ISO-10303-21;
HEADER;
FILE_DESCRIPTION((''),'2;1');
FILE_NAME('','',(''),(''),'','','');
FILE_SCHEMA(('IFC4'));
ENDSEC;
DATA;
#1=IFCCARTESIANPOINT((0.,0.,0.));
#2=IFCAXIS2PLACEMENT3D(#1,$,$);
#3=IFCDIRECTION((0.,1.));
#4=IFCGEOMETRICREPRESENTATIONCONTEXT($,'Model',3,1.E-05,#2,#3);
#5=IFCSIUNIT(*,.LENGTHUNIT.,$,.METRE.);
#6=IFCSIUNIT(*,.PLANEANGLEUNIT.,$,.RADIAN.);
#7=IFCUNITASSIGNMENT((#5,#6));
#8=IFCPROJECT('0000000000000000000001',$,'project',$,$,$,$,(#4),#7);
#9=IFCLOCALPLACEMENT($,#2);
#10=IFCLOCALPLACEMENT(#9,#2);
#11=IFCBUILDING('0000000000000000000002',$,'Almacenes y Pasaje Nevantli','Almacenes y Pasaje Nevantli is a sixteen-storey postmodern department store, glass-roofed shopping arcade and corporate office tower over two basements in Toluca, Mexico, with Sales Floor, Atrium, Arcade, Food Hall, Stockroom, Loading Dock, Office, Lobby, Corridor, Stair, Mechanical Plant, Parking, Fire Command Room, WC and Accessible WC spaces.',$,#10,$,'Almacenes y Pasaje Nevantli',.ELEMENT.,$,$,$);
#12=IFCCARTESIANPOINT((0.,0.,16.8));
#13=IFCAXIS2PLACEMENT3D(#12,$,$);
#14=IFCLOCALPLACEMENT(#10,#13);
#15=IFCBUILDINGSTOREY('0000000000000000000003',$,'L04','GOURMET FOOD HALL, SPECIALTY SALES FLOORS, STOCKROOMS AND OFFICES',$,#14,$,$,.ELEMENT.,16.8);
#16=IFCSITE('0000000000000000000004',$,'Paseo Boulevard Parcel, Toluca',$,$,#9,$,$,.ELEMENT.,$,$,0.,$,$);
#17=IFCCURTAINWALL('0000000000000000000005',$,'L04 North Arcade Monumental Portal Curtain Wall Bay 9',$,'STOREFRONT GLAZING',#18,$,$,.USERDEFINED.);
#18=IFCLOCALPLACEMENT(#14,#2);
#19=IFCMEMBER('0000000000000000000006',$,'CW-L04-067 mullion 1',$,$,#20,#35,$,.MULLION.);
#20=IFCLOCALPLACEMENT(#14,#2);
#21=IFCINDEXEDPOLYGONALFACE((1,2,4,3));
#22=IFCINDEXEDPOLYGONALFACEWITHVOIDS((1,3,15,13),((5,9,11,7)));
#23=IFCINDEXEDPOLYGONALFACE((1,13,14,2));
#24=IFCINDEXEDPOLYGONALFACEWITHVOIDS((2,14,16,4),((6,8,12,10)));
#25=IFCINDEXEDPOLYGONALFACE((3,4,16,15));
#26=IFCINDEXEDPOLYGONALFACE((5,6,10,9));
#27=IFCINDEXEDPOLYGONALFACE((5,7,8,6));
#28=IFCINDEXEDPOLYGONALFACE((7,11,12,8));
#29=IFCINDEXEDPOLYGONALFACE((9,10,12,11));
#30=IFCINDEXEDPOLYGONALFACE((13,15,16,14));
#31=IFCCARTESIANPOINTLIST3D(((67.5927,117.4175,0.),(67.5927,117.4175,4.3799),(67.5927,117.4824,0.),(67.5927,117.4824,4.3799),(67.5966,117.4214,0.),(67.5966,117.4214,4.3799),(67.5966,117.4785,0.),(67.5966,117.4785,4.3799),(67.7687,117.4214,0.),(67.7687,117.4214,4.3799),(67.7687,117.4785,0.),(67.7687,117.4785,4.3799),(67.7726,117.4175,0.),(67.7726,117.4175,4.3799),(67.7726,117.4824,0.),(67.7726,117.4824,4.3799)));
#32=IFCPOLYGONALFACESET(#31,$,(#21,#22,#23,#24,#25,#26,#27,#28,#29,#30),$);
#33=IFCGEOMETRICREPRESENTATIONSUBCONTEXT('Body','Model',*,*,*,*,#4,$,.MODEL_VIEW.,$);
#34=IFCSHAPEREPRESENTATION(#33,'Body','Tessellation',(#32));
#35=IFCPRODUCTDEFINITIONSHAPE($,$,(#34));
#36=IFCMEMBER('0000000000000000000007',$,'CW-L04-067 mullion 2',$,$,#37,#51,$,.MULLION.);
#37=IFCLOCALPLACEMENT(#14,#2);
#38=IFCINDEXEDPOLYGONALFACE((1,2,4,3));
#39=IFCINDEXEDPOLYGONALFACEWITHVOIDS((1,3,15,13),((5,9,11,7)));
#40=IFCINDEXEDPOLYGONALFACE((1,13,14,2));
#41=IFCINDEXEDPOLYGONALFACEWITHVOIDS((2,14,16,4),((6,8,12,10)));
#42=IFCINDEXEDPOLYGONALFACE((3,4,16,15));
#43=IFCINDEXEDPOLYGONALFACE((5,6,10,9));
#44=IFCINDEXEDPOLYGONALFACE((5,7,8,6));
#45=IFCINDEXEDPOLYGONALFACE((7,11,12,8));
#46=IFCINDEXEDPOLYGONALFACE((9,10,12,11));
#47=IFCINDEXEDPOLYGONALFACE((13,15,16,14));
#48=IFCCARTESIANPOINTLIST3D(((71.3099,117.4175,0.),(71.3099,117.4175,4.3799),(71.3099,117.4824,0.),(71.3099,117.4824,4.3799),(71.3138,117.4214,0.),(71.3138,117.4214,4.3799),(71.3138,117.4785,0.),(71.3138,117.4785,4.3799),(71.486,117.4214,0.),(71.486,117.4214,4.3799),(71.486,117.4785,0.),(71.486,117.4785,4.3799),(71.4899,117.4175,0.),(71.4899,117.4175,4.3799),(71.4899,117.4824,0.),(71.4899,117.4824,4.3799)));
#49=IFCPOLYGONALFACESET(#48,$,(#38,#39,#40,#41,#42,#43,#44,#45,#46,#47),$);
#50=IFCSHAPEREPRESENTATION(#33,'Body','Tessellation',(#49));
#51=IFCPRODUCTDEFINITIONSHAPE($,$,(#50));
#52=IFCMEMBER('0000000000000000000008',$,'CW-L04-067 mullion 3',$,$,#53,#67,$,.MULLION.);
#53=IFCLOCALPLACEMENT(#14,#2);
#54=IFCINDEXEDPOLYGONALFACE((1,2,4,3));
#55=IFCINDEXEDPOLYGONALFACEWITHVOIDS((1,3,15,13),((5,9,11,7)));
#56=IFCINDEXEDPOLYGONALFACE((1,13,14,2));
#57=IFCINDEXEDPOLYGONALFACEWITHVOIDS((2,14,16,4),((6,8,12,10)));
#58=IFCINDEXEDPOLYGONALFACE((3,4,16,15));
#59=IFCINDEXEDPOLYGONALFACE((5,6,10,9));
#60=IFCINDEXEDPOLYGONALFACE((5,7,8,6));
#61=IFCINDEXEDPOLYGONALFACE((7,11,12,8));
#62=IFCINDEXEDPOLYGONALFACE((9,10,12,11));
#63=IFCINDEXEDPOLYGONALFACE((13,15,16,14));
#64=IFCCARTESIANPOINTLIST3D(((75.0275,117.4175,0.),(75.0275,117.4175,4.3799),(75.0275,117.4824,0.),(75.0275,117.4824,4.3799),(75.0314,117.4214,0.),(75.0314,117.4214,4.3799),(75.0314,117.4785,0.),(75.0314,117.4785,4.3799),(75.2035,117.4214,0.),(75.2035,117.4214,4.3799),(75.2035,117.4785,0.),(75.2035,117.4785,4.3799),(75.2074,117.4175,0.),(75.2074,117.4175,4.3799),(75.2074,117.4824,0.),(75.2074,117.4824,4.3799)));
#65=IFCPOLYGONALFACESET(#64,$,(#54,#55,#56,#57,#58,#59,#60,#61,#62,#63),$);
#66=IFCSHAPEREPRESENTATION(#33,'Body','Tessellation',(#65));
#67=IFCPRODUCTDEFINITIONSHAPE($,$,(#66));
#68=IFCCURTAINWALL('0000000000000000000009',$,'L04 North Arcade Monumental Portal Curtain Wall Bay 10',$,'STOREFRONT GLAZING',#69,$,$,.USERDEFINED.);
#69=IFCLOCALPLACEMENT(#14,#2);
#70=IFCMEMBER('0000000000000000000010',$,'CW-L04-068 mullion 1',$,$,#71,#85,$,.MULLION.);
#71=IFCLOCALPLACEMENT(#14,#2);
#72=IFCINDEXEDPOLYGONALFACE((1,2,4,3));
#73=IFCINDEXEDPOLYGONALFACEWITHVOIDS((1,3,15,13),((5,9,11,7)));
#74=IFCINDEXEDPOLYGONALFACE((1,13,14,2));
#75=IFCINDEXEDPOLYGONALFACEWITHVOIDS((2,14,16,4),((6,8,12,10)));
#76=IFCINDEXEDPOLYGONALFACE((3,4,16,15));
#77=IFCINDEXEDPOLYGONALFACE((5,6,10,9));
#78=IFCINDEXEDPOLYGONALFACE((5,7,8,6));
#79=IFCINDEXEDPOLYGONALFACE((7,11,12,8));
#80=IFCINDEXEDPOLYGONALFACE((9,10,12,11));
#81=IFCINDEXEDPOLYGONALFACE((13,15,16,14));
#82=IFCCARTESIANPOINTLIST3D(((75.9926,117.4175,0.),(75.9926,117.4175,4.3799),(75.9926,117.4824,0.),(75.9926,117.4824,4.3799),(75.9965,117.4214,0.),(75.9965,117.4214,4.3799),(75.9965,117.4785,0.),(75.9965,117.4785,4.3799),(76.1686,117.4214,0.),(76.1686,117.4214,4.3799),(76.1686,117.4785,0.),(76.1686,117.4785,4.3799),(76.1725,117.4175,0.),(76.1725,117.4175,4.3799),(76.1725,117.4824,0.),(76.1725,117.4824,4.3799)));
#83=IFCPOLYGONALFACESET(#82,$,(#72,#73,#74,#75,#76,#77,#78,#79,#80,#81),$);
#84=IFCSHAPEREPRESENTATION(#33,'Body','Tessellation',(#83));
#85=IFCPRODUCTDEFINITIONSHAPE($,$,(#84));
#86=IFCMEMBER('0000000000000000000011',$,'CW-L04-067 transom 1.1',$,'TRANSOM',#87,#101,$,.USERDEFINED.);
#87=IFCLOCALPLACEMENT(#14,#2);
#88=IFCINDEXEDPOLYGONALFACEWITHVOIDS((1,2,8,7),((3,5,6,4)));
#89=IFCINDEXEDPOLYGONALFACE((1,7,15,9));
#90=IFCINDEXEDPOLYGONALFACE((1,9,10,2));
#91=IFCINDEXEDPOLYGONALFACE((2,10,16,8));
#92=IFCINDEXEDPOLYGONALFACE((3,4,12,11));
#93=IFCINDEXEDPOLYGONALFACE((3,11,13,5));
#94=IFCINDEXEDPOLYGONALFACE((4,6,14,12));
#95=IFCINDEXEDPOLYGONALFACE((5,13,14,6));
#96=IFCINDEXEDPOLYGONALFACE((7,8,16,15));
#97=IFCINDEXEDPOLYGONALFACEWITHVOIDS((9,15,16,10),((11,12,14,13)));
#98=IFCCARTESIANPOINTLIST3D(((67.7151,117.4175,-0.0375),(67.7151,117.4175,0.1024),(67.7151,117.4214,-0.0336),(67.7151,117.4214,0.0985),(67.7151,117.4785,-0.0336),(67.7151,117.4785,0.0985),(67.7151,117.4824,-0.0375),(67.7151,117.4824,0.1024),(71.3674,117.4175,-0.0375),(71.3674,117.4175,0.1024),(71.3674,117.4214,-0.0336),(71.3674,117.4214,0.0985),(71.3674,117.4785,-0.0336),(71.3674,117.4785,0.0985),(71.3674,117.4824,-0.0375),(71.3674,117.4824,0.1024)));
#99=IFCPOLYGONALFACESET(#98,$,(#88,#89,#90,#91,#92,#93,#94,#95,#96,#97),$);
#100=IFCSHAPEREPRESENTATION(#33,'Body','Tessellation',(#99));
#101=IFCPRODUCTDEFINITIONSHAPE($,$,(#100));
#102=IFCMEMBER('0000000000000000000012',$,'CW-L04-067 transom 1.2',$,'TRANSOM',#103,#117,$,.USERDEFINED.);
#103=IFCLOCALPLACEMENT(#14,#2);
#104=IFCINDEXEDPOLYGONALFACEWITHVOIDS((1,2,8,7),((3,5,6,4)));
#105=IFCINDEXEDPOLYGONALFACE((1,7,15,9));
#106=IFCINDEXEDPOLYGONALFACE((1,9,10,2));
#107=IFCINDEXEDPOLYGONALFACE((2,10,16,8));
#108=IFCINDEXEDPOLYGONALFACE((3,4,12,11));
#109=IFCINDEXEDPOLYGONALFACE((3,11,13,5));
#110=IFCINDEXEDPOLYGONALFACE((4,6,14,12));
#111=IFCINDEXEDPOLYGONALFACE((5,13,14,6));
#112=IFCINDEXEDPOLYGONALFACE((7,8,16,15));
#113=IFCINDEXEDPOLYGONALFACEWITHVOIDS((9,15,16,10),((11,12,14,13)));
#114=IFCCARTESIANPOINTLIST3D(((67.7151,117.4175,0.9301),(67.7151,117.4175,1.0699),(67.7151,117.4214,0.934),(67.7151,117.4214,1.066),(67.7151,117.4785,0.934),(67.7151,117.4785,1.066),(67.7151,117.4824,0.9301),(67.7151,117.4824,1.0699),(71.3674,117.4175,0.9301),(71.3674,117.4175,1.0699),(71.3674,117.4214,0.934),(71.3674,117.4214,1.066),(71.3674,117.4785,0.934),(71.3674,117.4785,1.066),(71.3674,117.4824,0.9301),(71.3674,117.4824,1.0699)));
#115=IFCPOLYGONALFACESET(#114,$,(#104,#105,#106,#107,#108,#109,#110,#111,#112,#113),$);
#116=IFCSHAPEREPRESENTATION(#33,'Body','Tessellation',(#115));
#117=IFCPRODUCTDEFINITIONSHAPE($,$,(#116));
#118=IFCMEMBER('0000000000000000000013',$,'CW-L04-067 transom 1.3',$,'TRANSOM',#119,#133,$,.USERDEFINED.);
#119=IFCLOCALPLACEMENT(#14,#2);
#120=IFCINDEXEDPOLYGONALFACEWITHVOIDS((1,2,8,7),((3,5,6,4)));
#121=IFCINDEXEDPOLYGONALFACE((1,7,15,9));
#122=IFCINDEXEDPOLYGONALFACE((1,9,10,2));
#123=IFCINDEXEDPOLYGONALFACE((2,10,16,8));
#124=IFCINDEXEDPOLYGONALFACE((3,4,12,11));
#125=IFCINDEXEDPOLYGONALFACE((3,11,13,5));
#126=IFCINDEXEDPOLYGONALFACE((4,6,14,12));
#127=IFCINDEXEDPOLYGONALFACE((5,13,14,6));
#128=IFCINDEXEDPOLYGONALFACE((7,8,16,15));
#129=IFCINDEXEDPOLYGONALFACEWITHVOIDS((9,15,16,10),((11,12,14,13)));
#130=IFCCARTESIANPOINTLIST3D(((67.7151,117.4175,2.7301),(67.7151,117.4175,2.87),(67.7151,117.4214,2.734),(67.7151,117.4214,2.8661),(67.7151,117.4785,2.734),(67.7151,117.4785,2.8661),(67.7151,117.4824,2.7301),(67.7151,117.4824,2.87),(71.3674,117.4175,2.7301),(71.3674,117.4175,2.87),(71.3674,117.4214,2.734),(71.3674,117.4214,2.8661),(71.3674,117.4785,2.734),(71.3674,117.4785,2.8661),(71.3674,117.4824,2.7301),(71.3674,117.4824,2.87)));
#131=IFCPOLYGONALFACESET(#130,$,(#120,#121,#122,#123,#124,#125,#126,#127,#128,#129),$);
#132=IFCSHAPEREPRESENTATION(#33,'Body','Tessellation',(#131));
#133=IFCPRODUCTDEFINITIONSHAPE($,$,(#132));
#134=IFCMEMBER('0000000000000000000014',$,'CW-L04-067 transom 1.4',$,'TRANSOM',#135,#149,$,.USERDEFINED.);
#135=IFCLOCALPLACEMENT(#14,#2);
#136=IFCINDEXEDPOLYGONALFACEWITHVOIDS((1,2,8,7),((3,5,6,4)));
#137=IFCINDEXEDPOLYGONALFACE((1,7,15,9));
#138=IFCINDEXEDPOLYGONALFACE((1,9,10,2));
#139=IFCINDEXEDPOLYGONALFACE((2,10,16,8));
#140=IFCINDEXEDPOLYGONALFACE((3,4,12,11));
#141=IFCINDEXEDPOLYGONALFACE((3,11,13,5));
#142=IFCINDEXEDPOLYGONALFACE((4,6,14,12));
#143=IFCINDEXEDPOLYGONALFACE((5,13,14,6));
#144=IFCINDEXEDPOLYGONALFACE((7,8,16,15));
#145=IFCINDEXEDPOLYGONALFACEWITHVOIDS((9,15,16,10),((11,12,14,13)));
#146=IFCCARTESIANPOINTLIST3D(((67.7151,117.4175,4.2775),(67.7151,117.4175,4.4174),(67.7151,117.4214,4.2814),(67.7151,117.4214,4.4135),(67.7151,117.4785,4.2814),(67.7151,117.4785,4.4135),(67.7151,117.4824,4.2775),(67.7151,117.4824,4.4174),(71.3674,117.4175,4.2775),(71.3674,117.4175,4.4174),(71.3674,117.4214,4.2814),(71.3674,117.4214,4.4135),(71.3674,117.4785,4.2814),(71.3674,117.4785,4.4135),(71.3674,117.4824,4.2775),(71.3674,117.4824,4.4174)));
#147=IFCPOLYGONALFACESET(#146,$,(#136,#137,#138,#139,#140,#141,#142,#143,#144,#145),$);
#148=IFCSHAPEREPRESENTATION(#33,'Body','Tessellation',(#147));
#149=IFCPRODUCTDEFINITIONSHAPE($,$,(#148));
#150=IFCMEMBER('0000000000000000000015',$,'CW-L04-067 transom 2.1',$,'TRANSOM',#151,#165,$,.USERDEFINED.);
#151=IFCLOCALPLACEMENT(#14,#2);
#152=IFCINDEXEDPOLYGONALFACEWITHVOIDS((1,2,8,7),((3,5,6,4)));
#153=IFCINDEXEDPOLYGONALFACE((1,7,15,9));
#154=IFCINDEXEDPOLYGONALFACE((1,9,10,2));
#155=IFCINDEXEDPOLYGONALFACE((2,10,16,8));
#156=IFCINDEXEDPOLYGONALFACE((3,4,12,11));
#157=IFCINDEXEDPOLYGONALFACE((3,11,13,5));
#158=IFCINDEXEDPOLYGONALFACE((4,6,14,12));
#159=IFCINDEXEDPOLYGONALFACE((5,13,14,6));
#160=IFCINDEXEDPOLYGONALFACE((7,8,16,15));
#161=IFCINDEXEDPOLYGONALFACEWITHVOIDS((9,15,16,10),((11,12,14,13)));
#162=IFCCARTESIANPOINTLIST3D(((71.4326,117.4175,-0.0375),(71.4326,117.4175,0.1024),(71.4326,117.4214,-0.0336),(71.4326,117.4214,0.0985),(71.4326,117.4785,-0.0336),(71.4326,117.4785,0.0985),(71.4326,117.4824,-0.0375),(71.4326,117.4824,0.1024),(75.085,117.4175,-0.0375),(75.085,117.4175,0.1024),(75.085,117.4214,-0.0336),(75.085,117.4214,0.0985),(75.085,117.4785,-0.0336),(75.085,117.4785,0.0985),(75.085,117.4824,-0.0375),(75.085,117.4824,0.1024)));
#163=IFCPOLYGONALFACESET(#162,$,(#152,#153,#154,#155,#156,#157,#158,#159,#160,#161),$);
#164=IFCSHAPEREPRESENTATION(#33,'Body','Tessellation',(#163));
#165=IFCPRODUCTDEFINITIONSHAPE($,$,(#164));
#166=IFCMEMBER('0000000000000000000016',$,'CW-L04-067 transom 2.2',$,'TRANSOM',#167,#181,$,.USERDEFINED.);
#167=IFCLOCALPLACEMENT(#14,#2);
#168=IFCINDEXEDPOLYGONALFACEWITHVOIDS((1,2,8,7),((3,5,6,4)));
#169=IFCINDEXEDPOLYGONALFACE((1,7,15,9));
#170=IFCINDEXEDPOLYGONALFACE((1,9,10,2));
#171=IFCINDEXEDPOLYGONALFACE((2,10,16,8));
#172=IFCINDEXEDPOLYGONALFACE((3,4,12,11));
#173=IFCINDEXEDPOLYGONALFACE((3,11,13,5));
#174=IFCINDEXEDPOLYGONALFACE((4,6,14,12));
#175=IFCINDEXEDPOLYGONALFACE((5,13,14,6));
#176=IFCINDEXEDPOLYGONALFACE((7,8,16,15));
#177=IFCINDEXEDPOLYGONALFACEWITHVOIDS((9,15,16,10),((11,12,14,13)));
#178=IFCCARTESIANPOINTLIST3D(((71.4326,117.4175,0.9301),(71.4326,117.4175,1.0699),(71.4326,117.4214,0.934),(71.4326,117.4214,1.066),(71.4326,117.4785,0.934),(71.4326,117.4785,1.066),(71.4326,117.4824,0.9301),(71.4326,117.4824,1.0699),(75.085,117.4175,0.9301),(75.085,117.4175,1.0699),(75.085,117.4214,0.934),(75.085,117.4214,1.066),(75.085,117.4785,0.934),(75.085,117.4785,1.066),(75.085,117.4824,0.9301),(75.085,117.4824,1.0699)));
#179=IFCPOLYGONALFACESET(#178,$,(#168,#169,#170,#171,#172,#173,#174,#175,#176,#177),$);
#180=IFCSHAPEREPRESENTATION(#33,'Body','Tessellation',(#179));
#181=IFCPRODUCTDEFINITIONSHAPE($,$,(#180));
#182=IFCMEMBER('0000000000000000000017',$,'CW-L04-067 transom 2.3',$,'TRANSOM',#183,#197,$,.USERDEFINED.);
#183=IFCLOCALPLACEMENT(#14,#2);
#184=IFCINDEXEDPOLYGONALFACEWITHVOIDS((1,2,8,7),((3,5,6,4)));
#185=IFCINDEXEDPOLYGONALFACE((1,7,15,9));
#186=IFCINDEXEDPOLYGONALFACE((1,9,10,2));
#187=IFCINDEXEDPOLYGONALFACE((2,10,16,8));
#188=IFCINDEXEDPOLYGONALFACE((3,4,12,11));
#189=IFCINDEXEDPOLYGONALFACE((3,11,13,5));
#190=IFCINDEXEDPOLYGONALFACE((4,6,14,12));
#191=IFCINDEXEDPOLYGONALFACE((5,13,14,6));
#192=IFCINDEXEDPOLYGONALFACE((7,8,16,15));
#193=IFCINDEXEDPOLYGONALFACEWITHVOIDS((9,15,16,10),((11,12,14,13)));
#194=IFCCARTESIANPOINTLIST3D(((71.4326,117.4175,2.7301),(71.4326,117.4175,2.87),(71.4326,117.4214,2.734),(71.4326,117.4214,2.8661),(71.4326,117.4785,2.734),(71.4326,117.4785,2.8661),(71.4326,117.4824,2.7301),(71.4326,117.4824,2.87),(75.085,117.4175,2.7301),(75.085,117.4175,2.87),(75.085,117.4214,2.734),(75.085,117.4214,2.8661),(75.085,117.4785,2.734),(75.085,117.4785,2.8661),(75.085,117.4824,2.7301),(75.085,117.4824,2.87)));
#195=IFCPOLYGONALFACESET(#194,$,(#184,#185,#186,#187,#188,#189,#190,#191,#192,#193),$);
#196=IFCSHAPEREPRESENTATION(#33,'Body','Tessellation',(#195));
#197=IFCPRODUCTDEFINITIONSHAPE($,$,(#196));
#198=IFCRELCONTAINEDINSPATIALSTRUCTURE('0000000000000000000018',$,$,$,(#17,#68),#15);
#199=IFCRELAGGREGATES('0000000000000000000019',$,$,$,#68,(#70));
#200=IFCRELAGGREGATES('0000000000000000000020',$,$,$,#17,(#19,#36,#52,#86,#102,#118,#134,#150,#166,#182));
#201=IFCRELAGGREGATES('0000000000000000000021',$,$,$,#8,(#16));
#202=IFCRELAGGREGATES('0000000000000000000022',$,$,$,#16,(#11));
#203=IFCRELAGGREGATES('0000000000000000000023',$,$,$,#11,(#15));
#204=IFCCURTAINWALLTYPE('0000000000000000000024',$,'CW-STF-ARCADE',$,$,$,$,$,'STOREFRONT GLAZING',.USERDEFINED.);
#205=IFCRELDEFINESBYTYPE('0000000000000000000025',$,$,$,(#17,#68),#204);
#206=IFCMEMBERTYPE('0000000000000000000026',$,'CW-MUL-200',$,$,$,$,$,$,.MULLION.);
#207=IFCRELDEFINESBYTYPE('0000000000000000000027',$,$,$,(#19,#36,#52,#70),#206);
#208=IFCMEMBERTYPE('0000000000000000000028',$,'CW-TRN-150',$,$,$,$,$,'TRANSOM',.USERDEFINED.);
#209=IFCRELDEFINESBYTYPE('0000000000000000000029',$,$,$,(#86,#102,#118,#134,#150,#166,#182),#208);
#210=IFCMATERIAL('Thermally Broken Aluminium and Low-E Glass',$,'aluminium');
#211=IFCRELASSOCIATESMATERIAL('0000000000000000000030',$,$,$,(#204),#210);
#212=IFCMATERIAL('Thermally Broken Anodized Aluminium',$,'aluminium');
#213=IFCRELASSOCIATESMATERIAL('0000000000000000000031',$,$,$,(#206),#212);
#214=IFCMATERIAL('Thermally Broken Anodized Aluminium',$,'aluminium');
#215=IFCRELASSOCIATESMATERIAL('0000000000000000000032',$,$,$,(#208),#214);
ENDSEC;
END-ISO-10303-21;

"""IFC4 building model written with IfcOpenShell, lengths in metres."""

from ifc_helpers import new_model, si_unit, direction, frame, origin, origin_2d, place, context, subcontext, project, spatial, hollow_rectangle, extrude, material, material_profile, profile_set, type_object, element, aggregate, save


model = new_model("IFC4")

# Units and contexts
model_context = context("Model", 3, precision=1e-05, world=origin(), true_north=direction((0.0, 1.0)))
body_context = subcontext(model_context, "Body", "Model", "MODEL_VIEW")
ifc_project = project(units=[si_unit("LENGTHUNIT", "METRE"), si_unit("PLANEANGLEUNIT", "RADIAN")], contexts=[model_context])

# Site, building, storey
site_placement = place(None, origin())
site = spatial("IfcSite", under=ifc_project, at=site_placement, Name="Paseo Boulevard Parcel, Toluca", CompositionType="ELEMENT", RefElevation=0.0)
building_placement = place(site_placement, origin())
building = spatial("IfcBuilding", under=site, at=building_placement, Name="Almacenes y Pasaje Nevantli", Description="Almacenes y Pasaje Nevantli is a sixteen-storey postmodern department store, glass-roofed shopping arcade and corporate office tower over two basements in Toluca, Mexico, with Sales Floor, Atrium, Arcade, Food Hall, Stockroom, Loading Dock, Office, Lobby, Corridor, Stair, Mechanical Plant, Parking, Fire Command Room, WC and Accessible WC spaces.", LongName="Almacenes y Pasaje Nevantli", CompositionType="ELEMENT")
storey_placement = place(building_placement, frame((0.0, 0.0, 16.8)))
storey = spatial("IfcBuildingStorey", under=building, at=storey_placement, Name="L04", Description="GOURMET FOOD HALL, SPECIALTY SALES FLOORS, STOCKROOMS AND OFFICES", CompositionType="ELEMENT", Elevation=16.8)

# Curtain wall, members
ifc_material_1 = material(Name="Thermally Broken Aluminium and Low-E Glass", Category="aluminium")
curtain_wall_type = type_object("IfcCurtainWallType", Name="CW-STF-ARCADE", ElementType="STOREFRONT GLAZING", PredefinedType="USERDEFINED", material=ifc_material_1)
curtain_wall_1_placement = place(storey_placement, origin())
curtain_wall_1 = element("IfcCurtainWall", 1, at=curtain_wall_1_placement, inside=storey, type_object=curtain_wall_type, Name="L04 North Arcade Monumental Portal Curtain Wall Bay 9", ObjectType="STOREFRONT GLAZING", PredefinedType="USERDEFINED")
ifc_material_2 = material(Name="Thermally Broken Anodized Aluminium", Category="aluminium")
ifc_material_profile_1 = material_profile(ifc_material_2, hollow_rectangle(XDim=0.0649, YDim=0.1799, WallThickness=0.0039, at=origin_2d()), Name="ALU-MUL-65x180")
ifc_profile_set_1 = profile_set([ifc_material_profile_1], Name="Thermally Broken Anodized Aluminium")
member_type_1 = type_object("IfcMemberType", Name="CW-MUL-200", PredefinedType="MULLION", material=ifc_profile_set_1)
member_1_placement = place(storey_placement, frame((67.6826, 117.45, 0.0), z_axis=(0.0, 0.0, 1.0), x_axis=(0.0, 1.0, 0.0)))
member_1 = element("IfcMember", 2, at=member_1_placement, type_object=member_type_1, Name="CW-L04-067 mullion 1", PredefinedType="MULLION", context=body_context, shape_type="SweptSolid", body=[
    extrude(hollow_rectangle(XDim=0.0649, YDim=0.1799, WallThickness=0.0039, at=origin_2d()), origin(), (0.0, 0.0, 1.0), 4.3799),
])
member_2_placement = place(storey_placement, frame((71.3999, 117.45, 0.0), z_axis=(0.0, 0.0, 1.0), x_axis=(0.0, 1.0, 0.0)))
member_2 = element("IfcMember", 3, at=member_2_placement, type_object=member_type_1, Name="CW-L04-067 mullion 2", PredefinedType="MULLION", context=body_context, shape_type="SweptSolid", body=[
    extrude(hollow_rectangle(XDim=0.0649, YDim=0.1799, WallThickness=0.0039, at=origin_2d()), origin(), (0.0, 0.0, 1.0), 4.3799),
])
member_3_placement = place(storey_placement, frame((75.1174, 117.45, 0.0), z_axis=(0.0, 0.0, 1.0), x_axis=(0.0, 1.0, 0.0)))
member_3 = element("IfcMember", 4, at=member_3_placement, type_object=member_type_1, Name="CW-L04-067 mullion 3", PredefinedType="MULLION", context=body_context, shape_type="SweptSolid", body=[
    extrude(hollow_rectangle(XDim=0.0649, YDim=0.1799, WallThickness=0.0039, at=origin_2d()), origin(), (0.0, 0.0, 1.0), 4.3799),
])

# Curtain wall, member
curtain_wall_2_placement = place(storey_placement, origin())
curtain_wall_2 = element("IfcCurtainWall", 5, at=curtain_wall_2_placement, inside=storey, type_object=curtain_wall_type, Name="L04 North Arcade Monumental Portal Curtain Wall Bay 10", ObjectType="STOREFRONT GLAZING", PredefinedType="USERDEFINED")
member_4_placement = place(storey_placement, frame((76.0825, 117.45, 0.0), z_axis=(0.0, 0.0, 1.0), x_axis=(0.0, 1.0, 0.0)))
member_4 = element("IfcMember", 6, at=member_4_placement, type_object=member_type_1, Name="CW-L04-068 mullion 1", PredefinedType="MULLION", context=body_context, shape_type="SweptSolid", body=[
    extrude(hollow_rectangle(XDim=0.0649, YDim=0.1799, WallThickness=0.0039, at=origin_2d()), origin(), (0.0, 0.0, 1.0), 4.3799),
])
aggregate(curtain_wall_2, [member_4])

# Members
ifc_material_3 = material(Name="Thermally Broken Anodized Aluminium", Category="aluminium")
ifc_material_profile_2 = material_profile(ifc_material_3, hollow_rectangle(XDim=0.0649, YDim=0.1399, WallThickness=0.0039, at=origin_2d()), Name="ALU-TRN-65x140")
ifc_profile_set_2 = profile_set([ifc_material_profile_2], Name="Thermally Broken Anodized Aluminium")
member_type_2 = type_object("IfcMemberType", Name="CW-TRN-150", ElementType="TRANSOM", PredefinedType="USERDEFINED", material=ifc_profile_set_2)
member_5_placement = place(storey_placement, frame((67.7151, 117.45, 0.0325), z_axis=(1.0, 0.0, 0.0), x_axis=(0.0, 1.0, 0.0)))
member_5 = element("IfcMember", 7, at=member_5_placement, type_object=member_type_2, Name="CW-L04-067 transom 1.1", ObjectType="TRANSOM", PredefinedType="USERDEFINED", context=body_context, shape_type="SweptSolid", body=[
    extrude(hollow_rectangle(XDim=0.0649, YDim=0.1399, WallThickness=0.0039, at=origin_2d()), origin(), (0.0, 0.0, 1.0), 3.6523),
])
member_6_placement = place(storey_placement, frame((67.7151, 117.45, 1.0), z_axis=(1.0, 0.0, 0.0), x_axis=(0.0, 1.0, 0.0)))
member_6 = element("IfcMember", 8, at=member_6_placement, type_object=member_type_2, Name="CW-L04-067 transom 1.2", ObjectType="TRANSOM", PredefinedType="USERDEFINED", context=body_context, shape_type="SweptSolid", body=[
    extrude(hollow_rectangle(XDim=0.0649, YDim=0.1399, WallThickness=0.0039, at=origin_2d()), origin(), (0.0, 0.0, 1.0), 3.6523),
])
member_7_placement = place(storey_placement, frame((67.7151, 117.45, 2.8), z_axis=(1.0, 0.0, 0.0), x_axis=(0.0, 1.0, 0.0)))
member_7 = element("IfcMember", 9, at=member_7_placement, type_object=member_type_2, Name="CW-L04-067 transom 1.3", ObjectType="TRANSOM", PredefinedType="USERDEFINED", context=body_context, shape_type="SweptSolid", body=[
    extrude(hollow_rectangle(XDim=0.0649, YDim=0.1399, WallThickness=0.0039, at=origin_2d()), origin(), (0.0, 0.0, 1.0), 3.6523),
])
member_8_placement = place(storey_placement, frame((67.7151, 117.45, 4.3474), z_axis=(1.0, 0.0, 0.0), x_axis=(0.0, 1.0, 0.0)))
member_8 = element("IfcMember", 10, at=member_8_placement, type_object=member_type_2, Name="CW-L04-067 transom 1.4", ObjectType="TRANSOM", PredefinedType="USERDEFINED", context=body_context, shape_type="SweptSolid", body=[
    extrude(hollow_rectangle(XDim=0.0649, YDim=0.1399, WallThickness=0.0039, at=origin_2d()), origin(), (0.0, 0.0, 1.0), 3.6523),
])
member_9_placement = place(storey_placement, frame((71.4326, 117.45, 0.0325), z_axis=(1.0, 0.0, 0.0), x_axis=(0.0, 1.0, 0.0)))
member_9 = element("IfcMember", 11, at=member_9_placement, type_object=member_type_2, Name="CW-L04-067 transom 2.1", ObjectType="TRANSOM", PredefinedType="USERDEFINED", context=body_context, shape_type="SweptSolid", body=[
    extrude(hollow_rectangle(XDim=0.0649, YDim=0.1399, WallThickness=0.0039, at=origin_2d()), origin(), (0.0, 0.0, 1.0), 3.6523),
])
member_10_placement = place(storey_placement, frame((71.4326, 117.45, 1.0), z_axis=(1.0, 0.0, 0.0), x_axis=(0.0, 1.0, 0.0)))
member_10 = element("IfcMember", 12, at=member_10_placement, type_object=member_type_2, Name="CW-L04-067 transom 2.2", ObjectType="TRANSOM", PredefinedType="USERDEFINED", context=body_context, shape_type="SweptSolid", body=[
    extrude(hollow_rectangle(XDim=0.0649, YDim=0.1399, WallThickness=0.0039, at=origin_2d()), origin(), (0.0, 0.0, 1.0), 3.6523),
])
member_11_placement = place(storey_placement, frame((71.4326, 117.45, 2.8), z_axis=(1.0, 0.0, 0.0), x_axis=(0.0, 1.0, 0.0)))
member_11 = element("IfcMember", 13, at=member_11_placement, type_object=member_type_2, Name="CW-L04-067 transom 2.3", ObjectType="TRANSOM", PredefinedType="USERDEFINED", context=body_context, shape_type="SweptSolid", body=[
    extrude(hollow_rectangle(XDim=0.0649, YDim=0.1399, WallThickness=0.0039, at=origin_2d()), origin(), (0.0, 0.0, 1.0), 3.6523),
])

aggregate(curtain_wall_1, [member_1, member_2, member_3, member_5, member_6, member_7, member_8, member_9, member_10, member_11])

save(model, "model.ifc")
